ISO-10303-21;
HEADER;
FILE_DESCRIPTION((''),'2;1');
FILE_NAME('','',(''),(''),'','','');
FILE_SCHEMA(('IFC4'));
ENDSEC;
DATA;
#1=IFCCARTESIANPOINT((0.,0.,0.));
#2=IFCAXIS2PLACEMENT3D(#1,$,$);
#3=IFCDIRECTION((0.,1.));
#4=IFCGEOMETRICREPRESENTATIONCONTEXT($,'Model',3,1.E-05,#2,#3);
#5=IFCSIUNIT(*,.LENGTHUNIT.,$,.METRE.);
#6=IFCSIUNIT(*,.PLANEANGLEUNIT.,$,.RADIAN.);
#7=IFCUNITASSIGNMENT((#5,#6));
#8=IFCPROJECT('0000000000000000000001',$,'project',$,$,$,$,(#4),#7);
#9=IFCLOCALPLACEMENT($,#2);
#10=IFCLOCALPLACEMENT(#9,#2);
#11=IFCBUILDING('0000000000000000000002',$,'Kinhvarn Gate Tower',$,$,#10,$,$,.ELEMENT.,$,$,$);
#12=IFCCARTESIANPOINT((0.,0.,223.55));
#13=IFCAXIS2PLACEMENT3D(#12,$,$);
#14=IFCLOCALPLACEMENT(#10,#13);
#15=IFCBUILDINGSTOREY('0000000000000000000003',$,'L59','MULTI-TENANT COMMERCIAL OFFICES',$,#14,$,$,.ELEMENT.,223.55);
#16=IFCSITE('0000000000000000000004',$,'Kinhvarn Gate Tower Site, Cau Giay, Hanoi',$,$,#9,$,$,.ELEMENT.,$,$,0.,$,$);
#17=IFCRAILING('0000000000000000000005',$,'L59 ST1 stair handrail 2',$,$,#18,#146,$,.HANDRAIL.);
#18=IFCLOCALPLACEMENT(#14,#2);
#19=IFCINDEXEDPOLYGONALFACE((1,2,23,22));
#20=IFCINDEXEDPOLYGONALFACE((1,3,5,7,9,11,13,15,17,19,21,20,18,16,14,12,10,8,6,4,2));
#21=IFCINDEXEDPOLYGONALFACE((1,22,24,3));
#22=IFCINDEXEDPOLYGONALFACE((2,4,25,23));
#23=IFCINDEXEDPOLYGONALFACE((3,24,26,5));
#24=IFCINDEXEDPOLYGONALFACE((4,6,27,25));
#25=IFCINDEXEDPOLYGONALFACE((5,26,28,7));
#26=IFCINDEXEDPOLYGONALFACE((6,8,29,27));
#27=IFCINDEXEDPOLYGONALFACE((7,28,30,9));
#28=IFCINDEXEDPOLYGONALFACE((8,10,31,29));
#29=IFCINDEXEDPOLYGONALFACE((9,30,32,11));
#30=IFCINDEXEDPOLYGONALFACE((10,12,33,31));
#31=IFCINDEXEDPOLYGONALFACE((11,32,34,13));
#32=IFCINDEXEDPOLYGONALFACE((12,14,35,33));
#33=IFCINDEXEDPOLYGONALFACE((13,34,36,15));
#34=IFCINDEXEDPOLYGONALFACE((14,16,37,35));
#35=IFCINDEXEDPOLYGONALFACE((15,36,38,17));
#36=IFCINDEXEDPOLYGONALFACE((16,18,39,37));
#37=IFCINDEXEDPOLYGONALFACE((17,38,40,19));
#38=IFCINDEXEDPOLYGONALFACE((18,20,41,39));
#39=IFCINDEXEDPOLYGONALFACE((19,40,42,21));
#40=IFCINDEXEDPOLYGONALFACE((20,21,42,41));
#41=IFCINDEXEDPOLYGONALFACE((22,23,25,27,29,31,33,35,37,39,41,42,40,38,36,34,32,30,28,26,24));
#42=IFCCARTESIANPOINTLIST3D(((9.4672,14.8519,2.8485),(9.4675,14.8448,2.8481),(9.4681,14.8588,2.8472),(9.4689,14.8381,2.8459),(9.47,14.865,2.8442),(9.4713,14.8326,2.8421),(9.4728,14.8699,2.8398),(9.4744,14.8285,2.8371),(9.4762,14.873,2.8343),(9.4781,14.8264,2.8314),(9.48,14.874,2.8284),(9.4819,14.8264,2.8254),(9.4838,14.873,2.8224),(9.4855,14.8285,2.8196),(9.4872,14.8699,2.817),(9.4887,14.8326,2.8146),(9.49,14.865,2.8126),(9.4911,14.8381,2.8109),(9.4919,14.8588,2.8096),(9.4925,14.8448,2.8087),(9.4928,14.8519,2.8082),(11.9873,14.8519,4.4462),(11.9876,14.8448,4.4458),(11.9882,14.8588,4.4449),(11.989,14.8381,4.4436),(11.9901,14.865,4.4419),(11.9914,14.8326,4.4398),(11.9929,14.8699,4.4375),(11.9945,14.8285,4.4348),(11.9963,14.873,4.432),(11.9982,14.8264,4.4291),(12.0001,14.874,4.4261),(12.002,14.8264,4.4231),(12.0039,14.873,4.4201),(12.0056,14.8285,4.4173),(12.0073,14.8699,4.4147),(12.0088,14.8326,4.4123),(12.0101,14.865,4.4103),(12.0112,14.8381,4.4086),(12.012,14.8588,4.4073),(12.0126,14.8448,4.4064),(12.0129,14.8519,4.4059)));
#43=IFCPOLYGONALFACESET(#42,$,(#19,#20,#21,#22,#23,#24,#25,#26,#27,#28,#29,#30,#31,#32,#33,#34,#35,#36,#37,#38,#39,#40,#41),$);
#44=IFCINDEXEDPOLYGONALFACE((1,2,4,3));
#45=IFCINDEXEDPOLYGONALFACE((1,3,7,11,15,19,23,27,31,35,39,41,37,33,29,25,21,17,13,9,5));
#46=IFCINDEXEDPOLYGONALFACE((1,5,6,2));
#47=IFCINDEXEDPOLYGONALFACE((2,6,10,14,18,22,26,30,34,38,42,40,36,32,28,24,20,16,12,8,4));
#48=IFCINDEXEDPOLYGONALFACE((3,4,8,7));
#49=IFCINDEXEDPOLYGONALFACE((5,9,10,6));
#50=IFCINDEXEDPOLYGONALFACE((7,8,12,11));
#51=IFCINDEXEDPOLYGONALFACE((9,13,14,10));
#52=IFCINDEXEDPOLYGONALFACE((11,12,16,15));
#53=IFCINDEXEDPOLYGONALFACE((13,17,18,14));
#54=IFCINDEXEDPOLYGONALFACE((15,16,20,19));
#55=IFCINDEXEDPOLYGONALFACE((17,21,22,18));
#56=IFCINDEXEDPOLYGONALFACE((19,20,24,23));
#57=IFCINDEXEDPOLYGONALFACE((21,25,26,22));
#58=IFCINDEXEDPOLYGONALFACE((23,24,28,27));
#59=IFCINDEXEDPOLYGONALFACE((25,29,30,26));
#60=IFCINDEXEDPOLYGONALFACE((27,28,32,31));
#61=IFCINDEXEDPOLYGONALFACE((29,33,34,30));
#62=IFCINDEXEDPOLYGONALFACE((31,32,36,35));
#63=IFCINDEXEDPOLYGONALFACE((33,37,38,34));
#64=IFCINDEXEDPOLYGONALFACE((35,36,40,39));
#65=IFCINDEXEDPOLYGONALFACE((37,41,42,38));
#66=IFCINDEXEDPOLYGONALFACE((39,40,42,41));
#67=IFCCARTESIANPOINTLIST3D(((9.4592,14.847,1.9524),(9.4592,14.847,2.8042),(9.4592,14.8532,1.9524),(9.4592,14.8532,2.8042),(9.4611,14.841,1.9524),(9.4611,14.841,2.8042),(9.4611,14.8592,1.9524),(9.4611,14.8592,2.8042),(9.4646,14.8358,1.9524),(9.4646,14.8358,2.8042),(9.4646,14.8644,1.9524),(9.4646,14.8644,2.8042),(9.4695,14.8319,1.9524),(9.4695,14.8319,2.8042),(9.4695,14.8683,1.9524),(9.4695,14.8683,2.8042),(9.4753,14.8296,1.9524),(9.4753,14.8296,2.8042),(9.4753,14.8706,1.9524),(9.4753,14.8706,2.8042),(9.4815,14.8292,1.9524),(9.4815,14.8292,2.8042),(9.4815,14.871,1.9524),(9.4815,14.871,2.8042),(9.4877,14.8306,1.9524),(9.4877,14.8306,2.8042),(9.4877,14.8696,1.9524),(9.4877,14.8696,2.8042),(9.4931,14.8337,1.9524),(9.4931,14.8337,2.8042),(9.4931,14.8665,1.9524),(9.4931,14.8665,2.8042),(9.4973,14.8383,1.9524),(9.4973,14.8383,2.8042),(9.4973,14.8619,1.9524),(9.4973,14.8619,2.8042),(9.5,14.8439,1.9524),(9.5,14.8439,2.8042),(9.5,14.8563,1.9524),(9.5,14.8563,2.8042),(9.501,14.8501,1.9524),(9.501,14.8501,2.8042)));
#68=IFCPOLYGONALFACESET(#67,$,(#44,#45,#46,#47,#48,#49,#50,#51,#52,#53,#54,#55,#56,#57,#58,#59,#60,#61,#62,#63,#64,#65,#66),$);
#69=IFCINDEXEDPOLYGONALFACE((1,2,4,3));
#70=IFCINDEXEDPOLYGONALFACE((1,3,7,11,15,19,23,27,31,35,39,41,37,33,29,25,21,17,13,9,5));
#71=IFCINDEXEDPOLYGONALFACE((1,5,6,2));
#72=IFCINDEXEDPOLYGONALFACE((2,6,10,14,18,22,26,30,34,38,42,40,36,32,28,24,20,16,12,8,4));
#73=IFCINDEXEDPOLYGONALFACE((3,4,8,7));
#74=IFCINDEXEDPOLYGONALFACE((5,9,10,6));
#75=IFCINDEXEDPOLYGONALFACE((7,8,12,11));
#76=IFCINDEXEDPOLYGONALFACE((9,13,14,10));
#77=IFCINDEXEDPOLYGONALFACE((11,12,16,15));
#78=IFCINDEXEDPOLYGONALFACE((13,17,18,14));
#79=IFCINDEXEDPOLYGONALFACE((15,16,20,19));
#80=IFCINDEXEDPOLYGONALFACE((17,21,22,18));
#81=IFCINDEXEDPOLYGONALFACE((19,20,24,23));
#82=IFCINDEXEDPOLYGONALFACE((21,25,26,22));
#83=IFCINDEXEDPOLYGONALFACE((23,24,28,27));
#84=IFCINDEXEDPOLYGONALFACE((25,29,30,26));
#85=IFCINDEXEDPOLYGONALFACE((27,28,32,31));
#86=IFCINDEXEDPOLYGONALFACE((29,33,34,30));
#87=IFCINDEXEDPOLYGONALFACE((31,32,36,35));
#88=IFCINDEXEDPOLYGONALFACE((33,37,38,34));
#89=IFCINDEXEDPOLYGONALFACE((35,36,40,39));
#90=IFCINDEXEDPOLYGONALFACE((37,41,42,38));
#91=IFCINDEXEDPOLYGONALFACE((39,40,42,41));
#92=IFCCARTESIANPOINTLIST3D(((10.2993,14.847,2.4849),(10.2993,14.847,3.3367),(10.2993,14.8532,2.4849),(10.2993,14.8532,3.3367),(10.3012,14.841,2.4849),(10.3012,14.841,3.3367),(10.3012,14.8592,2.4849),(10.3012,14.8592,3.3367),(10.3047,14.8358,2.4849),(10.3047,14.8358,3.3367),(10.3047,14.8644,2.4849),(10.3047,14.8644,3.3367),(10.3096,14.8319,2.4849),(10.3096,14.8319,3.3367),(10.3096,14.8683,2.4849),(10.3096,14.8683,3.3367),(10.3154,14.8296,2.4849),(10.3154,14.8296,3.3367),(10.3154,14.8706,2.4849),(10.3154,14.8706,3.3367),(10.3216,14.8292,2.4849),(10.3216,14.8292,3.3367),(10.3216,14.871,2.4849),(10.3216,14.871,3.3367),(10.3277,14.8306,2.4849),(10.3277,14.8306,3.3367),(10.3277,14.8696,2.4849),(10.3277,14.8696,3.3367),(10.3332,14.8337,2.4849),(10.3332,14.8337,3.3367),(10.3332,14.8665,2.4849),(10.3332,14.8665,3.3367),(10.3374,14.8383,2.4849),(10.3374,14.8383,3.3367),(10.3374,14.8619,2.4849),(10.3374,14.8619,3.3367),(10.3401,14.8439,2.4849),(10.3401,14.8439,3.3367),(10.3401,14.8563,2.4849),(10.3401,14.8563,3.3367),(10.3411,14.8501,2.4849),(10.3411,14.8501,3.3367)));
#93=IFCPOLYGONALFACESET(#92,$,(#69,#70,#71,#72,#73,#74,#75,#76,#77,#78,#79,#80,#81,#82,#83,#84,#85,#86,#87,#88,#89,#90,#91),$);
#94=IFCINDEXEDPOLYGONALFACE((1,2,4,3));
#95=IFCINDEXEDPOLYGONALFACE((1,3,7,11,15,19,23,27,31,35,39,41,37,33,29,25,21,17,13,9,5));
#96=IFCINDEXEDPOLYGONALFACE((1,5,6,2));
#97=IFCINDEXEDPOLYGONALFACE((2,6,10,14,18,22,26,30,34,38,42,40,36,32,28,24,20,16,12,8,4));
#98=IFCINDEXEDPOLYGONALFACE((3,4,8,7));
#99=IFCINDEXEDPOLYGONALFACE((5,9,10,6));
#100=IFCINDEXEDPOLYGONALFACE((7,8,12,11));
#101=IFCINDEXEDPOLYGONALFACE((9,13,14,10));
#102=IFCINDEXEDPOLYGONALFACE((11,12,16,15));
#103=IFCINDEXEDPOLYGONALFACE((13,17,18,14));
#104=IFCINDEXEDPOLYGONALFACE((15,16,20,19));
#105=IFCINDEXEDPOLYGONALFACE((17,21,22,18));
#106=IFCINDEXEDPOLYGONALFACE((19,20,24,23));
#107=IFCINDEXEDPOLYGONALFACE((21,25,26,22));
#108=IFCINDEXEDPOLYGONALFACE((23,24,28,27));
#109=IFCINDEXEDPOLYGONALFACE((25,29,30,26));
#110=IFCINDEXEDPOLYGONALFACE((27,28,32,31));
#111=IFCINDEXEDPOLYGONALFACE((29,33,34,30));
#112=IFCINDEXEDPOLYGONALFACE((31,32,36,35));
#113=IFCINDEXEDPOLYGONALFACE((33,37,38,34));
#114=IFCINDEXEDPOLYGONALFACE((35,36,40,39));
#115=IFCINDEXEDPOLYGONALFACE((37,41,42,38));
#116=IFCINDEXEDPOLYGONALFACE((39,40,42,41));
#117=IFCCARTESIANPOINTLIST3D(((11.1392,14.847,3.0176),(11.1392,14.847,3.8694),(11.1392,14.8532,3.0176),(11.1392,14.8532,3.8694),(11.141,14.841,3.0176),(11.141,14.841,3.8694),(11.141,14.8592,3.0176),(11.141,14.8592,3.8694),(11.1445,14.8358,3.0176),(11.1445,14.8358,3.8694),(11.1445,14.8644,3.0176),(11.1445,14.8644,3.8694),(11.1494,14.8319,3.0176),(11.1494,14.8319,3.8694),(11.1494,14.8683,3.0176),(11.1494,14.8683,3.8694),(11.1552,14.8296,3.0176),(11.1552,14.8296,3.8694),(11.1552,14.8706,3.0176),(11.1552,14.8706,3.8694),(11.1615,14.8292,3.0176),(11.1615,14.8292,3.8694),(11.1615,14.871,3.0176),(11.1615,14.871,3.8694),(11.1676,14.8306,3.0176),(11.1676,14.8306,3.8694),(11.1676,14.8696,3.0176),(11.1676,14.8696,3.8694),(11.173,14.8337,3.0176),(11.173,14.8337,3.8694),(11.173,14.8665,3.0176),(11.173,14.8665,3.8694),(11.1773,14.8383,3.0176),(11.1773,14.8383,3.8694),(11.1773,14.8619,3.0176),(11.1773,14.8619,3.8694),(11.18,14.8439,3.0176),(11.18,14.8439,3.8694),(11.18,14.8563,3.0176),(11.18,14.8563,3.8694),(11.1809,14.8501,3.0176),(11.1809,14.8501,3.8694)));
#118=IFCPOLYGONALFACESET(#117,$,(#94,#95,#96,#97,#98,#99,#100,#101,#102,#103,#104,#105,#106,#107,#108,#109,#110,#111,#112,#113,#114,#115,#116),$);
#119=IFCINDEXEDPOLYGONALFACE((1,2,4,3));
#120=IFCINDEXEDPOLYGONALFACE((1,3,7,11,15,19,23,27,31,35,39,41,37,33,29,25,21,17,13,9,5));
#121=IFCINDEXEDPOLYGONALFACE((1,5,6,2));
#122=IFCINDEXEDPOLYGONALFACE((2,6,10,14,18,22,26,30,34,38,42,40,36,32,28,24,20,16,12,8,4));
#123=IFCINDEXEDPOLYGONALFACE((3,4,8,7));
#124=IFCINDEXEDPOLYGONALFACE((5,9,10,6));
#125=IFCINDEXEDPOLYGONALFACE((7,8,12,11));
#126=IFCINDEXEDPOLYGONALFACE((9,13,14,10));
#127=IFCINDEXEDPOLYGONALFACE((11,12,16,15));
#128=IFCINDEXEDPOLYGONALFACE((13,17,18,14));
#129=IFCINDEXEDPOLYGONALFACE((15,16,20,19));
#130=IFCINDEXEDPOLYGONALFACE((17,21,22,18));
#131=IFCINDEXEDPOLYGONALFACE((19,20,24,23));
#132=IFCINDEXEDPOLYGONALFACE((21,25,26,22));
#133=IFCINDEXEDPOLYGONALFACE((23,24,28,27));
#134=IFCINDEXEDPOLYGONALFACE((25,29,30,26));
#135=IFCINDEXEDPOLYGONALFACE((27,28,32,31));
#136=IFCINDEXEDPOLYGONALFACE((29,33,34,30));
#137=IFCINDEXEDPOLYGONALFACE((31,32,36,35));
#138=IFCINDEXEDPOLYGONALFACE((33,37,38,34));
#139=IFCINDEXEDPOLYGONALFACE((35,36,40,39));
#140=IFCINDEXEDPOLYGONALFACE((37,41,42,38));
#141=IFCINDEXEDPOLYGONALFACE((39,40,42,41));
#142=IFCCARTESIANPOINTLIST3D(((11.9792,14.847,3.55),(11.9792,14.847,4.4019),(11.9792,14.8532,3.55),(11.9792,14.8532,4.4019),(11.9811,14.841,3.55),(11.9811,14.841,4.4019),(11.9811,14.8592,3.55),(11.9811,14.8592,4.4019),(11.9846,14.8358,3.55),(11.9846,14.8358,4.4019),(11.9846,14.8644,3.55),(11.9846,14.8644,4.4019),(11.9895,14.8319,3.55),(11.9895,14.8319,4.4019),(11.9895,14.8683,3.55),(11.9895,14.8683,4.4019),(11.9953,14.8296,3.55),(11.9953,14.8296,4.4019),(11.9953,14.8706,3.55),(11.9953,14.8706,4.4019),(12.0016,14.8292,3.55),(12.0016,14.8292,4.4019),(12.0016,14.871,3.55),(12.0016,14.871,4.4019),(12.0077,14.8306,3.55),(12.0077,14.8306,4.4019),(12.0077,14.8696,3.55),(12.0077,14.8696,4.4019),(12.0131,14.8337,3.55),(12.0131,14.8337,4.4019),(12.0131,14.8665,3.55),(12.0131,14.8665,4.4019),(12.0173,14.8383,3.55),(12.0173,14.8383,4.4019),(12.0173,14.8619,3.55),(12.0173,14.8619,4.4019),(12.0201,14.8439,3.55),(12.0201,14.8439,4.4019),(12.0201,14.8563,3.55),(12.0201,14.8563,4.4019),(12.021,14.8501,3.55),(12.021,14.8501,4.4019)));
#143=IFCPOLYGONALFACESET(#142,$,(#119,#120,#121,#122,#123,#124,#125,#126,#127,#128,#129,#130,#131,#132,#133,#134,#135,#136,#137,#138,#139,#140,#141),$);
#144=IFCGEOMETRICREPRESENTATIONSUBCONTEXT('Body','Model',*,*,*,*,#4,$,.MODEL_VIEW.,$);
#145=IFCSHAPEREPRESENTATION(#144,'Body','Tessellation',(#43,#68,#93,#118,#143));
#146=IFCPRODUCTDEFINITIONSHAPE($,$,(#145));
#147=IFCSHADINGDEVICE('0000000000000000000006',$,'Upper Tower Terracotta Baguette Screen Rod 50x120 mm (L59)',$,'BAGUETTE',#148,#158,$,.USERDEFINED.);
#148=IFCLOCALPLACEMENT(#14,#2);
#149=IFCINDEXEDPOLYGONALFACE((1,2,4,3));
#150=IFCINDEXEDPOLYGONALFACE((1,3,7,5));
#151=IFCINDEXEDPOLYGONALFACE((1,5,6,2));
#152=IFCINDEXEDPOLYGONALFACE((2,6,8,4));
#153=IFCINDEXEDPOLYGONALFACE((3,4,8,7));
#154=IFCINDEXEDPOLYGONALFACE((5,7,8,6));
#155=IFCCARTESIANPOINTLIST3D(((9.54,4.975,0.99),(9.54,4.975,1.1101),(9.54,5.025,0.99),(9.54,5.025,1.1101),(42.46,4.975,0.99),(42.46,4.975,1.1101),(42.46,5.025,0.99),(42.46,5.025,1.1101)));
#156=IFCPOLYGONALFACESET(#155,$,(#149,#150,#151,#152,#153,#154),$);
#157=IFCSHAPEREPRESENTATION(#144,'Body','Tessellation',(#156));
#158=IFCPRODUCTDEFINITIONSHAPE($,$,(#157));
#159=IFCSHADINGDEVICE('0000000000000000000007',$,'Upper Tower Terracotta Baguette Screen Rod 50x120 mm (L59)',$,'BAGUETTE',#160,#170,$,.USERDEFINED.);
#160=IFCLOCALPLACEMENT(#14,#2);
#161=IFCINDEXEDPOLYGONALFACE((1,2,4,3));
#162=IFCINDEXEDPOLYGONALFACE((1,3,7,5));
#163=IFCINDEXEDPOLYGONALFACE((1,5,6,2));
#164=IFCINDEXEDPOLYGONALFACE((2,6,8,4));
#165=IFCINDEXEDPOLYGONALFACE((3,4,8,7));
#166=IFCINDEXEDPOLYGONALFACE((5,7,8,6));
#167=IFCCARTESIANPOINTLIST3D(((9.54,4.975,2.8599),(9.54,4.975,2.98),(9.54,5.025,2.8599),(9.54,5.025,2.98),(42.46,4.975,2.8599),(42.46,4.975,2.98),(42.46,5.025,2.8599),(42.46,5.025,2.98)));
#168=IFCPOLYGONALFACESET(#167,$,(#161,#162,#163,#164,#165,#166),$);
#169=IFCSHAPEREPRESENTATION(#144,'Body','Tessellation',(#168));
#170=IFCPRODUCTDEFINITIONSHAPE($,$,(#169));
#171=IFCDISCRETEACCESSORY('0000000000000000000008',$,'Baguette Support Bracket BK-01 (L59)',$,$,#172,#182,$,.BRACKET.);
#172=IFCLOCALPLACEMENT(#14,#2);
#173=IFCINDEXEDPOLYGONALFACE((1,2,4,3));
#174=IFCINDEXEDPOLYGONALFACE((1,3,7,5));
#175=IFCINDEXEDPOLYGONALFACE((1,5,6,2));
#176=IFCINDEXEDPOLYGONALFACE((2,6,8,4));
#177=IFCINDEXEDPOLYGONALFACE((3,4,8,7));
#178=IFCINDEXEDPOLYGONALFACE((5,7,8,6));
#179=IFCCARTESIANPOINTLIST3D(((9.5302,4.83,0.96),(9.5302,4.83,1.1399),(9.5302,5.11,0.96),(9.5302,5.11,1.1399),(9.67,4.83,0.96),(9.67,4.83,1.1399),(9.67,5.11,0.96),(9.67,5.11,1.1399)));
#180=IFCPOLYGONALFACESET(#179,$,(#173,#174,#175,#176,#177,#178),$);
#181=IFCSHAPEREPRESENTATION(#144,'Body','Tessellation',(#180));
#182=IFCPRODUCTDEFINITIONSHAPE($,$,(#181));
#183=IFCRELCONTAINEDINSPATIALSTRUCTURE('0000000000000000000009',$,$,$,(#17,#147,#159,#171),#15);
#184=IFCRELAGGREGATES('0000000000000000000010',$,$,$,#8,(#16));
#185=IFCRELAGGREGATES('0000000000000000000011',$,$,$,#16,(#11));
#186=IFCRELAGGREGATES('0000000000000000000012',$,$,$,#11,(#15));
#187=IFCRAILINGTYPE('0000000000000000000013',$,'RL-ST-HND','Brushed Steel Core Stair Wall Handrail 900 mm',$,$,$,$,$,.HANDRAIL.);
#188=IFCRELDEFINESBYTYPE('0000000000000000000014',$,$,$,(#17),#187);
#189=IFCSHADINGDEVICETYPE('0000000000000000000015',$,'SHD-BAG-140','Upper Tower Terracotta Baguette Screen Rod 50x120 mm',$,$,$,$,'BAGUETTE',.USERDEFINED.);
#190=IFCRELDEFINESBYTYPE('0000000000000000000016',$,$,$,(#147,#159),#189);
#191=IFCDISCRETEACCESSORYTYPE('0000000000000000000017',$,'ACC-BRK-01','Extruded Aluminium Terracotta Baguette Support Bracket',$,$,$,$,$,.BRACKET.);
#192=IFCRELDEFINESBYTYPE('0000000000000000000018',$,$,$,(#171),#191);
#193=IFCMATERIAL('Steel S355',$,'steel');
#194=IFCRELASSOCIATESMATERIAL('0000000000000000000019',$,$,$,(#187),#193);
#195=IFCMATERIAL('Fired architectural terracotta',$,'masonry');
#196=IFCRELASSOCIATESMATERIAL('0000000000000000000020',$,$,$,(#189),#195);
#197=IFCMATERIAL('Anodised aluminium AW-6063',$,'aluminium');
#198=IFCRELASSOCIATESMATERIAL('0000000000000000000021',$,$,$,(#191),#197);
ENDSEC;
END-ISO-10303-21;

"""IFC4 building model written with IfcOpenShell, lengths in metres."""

from ifc_helpers import new_model, si_unit, direction, frame, origin, origin_2d, place, context, subcontext, project, spatial, rectangle, circle, extrude, material, material_profile, profile_set, type_object, element, save


model = new_model("IFC4")

# Units and contexts
model_context = context("Model", 3, precision=1e-05, world=origin(), true_north=direction((0.0, 1.0)))
body_context = subcontext(model_context, "Body", "Model", "MODEL_VIEW")
ifc_project = project(units=[si_unit("LENGTHUNIT", "METRE"), si_unit("PLANEANGLEUNIT", "RADIAN")], contexts=[model_context])

# Site, building, storey
site_placement = place(None, origin())
site = spatial("IfcSite", under=ifc_project, at=site_placement, Name="Kinhvarn Gate Tower Site, Cau Giay, Hanoi", CompositionType="ELEMENT", RefElevation=0.0)
building_placement = place(site_placement, origin())
building = spatial("IfcBuilding", under=site, at=building_placement, Name="Kinhvarn Gate Tower", CompositionType="ELEMENT")
storey_placement = place(building_placement, frame((0.0, 0.0, 223.55)))
storey = spatial("IfcBuildingStorey", under=building, at=storey_placement, Name="L59", Description="MULTI-TENANT COMMERCIAL OFFICES", CompositionType="ELEMENT", Elevation=223.55)

# Shared definitions
ifc_material_1 = material(Name="Anodised aluminium AW-6063", Category="aluminium")

# Shared definitions
ifc_material_2 = material(Name="Steel S355", Category="steel")

# Shared definitions
ifc_material_3 = material(Name="Fired architectural terracotta", Category="masonry")

# Railing
railing_type_1 = type_object("IfcRailingType", Name="RL-ST-HND", Description="Brushed Steel Core Stair Wall Handrail 900 mm", PredefinedType="HANDRAIL", material=ifc_material_2)
railing_1_placement = place(storey_placement, frame((9.48, 14.8501, 1.9524)))
element("IfcRailing", 1, at=railing_1_placement, inside=storey, type_object=railing_type_1, Name="L59 ST1 stair handrail 2", PredefinedType="HANDRAIL", context=body_context, shape_type="SweptSolid", body=[
    extrude(circle(Radius=0.0239, at=origin_2d()), frame((0.0, 0.0, 0.876), z_axis=(0.84457, 0.0, 0.535445), x_axis=(0.0, 1.0, 0.0)), (0.0, 0.0, 1.0), 2.9839),
    extrude(circle(Radius=0.021, at=origin_2d()), origin(), (0.0, 0.0, 1.0), 0.8518),
    extrude(circle(Radius=0.021, at=origin_2d()), frame((0.8401, 0.0, 0.5325)), (0.0, 0.0, 1.0), 0.8518),
    extrude(circle(Radius=0.021, at=origin_2d()), frame((1.6799, 0.0, 1.0652)), (0.0, 0.0, 1.0), 0.8518),
    extrude(circle(Radius=0.021, at=origin_2d()), frame((2.52, 0.0, 1.5977)), (0.0, 0.0, 1.0), 0.8518),
])

# Shading devices
ifc_material_profile_1 = material_profile(ifc_material_3, rectangle(XDim=0.05, YDim=0.1201, at=origin_2d()), Name="TC 50x120")
ifc_profile_set_1 = profile_set([ifc_material_profile_1], Name="Fired architectural terracotta")
shading_device_type = type_object("IfcShadingDeviceType", Name="SHD-BAG-140", Description="Upper Tower Terracotta Baguette Screen Rod 50x120 mm", ElementType="BAGUETTE", PredefinedType="USERDEFINED", material=ifc_profile_set_1)
for number, where, z_axis, x_axis, name in (
    (2, (9.54, 5.0, 1.05), (1.0, 0.0, 0.0), (0.0, 1.0, 0.0), "Upper Tower Terracotta Baguette Screen Rod 50x120 mm (L59)"),
    (3, (9.54, 5.0, 2.9199), (1.0, 0.0, 0.0), (0.0, 1.0, 0.0), "Upper Tower Terracotta Baguette Screen Rod 50x120 mm (L59)"),
):
    element("IfcShadingDevice", number, at=place(storey_placement, frame(where, z_axis=z_axis, x_axis=x_axis)), inside=storey, type_object=shading_device_type, Name=name, ObjectType="BAGUETTE", PredefinedType="USERDEFINED", context=body_context, shape_type="SweptSolid", body=[
        extrude(rectangle(XDim=0.05, YDim=0.1201, at=origin_2d()), origin(), (0.0, 0.0, 1.0), 32.9199),
    ])

# Discrete accessory
discrete_accessory_type = type_object("IfcDiscreteAccessoryType", Name="ACC-BRK-01", Description="Extruded Aluminium Terracotta Baguette Support Bracket", PredefinedType="BRACKET", material=ifc_material_1)
discrete_accessory_placement = place(storey_placement, frame((9.6001, 4.97, 0.96), z_axis=(0.0, 0.0, 1.0), x_axis=(1.0, 0.0, 0.0)))
element("IfcDiscreteAccessory", 4, at=discrete_accessory_placement, inside=storey, type_object=discrete_accessory_type, Name="Baguette Support Bracket BK-01 (L59)", PredefinedType="BRACKET", context=body_context, shape_type="SweptSolid", body=[
    extrude(rectangle(XDim=0.1399, YDim=0.28, at=origin_2d()), origin(), (0.0, 0.0, 1.0), 0.1799),
])

save(model, "model.ifc")
